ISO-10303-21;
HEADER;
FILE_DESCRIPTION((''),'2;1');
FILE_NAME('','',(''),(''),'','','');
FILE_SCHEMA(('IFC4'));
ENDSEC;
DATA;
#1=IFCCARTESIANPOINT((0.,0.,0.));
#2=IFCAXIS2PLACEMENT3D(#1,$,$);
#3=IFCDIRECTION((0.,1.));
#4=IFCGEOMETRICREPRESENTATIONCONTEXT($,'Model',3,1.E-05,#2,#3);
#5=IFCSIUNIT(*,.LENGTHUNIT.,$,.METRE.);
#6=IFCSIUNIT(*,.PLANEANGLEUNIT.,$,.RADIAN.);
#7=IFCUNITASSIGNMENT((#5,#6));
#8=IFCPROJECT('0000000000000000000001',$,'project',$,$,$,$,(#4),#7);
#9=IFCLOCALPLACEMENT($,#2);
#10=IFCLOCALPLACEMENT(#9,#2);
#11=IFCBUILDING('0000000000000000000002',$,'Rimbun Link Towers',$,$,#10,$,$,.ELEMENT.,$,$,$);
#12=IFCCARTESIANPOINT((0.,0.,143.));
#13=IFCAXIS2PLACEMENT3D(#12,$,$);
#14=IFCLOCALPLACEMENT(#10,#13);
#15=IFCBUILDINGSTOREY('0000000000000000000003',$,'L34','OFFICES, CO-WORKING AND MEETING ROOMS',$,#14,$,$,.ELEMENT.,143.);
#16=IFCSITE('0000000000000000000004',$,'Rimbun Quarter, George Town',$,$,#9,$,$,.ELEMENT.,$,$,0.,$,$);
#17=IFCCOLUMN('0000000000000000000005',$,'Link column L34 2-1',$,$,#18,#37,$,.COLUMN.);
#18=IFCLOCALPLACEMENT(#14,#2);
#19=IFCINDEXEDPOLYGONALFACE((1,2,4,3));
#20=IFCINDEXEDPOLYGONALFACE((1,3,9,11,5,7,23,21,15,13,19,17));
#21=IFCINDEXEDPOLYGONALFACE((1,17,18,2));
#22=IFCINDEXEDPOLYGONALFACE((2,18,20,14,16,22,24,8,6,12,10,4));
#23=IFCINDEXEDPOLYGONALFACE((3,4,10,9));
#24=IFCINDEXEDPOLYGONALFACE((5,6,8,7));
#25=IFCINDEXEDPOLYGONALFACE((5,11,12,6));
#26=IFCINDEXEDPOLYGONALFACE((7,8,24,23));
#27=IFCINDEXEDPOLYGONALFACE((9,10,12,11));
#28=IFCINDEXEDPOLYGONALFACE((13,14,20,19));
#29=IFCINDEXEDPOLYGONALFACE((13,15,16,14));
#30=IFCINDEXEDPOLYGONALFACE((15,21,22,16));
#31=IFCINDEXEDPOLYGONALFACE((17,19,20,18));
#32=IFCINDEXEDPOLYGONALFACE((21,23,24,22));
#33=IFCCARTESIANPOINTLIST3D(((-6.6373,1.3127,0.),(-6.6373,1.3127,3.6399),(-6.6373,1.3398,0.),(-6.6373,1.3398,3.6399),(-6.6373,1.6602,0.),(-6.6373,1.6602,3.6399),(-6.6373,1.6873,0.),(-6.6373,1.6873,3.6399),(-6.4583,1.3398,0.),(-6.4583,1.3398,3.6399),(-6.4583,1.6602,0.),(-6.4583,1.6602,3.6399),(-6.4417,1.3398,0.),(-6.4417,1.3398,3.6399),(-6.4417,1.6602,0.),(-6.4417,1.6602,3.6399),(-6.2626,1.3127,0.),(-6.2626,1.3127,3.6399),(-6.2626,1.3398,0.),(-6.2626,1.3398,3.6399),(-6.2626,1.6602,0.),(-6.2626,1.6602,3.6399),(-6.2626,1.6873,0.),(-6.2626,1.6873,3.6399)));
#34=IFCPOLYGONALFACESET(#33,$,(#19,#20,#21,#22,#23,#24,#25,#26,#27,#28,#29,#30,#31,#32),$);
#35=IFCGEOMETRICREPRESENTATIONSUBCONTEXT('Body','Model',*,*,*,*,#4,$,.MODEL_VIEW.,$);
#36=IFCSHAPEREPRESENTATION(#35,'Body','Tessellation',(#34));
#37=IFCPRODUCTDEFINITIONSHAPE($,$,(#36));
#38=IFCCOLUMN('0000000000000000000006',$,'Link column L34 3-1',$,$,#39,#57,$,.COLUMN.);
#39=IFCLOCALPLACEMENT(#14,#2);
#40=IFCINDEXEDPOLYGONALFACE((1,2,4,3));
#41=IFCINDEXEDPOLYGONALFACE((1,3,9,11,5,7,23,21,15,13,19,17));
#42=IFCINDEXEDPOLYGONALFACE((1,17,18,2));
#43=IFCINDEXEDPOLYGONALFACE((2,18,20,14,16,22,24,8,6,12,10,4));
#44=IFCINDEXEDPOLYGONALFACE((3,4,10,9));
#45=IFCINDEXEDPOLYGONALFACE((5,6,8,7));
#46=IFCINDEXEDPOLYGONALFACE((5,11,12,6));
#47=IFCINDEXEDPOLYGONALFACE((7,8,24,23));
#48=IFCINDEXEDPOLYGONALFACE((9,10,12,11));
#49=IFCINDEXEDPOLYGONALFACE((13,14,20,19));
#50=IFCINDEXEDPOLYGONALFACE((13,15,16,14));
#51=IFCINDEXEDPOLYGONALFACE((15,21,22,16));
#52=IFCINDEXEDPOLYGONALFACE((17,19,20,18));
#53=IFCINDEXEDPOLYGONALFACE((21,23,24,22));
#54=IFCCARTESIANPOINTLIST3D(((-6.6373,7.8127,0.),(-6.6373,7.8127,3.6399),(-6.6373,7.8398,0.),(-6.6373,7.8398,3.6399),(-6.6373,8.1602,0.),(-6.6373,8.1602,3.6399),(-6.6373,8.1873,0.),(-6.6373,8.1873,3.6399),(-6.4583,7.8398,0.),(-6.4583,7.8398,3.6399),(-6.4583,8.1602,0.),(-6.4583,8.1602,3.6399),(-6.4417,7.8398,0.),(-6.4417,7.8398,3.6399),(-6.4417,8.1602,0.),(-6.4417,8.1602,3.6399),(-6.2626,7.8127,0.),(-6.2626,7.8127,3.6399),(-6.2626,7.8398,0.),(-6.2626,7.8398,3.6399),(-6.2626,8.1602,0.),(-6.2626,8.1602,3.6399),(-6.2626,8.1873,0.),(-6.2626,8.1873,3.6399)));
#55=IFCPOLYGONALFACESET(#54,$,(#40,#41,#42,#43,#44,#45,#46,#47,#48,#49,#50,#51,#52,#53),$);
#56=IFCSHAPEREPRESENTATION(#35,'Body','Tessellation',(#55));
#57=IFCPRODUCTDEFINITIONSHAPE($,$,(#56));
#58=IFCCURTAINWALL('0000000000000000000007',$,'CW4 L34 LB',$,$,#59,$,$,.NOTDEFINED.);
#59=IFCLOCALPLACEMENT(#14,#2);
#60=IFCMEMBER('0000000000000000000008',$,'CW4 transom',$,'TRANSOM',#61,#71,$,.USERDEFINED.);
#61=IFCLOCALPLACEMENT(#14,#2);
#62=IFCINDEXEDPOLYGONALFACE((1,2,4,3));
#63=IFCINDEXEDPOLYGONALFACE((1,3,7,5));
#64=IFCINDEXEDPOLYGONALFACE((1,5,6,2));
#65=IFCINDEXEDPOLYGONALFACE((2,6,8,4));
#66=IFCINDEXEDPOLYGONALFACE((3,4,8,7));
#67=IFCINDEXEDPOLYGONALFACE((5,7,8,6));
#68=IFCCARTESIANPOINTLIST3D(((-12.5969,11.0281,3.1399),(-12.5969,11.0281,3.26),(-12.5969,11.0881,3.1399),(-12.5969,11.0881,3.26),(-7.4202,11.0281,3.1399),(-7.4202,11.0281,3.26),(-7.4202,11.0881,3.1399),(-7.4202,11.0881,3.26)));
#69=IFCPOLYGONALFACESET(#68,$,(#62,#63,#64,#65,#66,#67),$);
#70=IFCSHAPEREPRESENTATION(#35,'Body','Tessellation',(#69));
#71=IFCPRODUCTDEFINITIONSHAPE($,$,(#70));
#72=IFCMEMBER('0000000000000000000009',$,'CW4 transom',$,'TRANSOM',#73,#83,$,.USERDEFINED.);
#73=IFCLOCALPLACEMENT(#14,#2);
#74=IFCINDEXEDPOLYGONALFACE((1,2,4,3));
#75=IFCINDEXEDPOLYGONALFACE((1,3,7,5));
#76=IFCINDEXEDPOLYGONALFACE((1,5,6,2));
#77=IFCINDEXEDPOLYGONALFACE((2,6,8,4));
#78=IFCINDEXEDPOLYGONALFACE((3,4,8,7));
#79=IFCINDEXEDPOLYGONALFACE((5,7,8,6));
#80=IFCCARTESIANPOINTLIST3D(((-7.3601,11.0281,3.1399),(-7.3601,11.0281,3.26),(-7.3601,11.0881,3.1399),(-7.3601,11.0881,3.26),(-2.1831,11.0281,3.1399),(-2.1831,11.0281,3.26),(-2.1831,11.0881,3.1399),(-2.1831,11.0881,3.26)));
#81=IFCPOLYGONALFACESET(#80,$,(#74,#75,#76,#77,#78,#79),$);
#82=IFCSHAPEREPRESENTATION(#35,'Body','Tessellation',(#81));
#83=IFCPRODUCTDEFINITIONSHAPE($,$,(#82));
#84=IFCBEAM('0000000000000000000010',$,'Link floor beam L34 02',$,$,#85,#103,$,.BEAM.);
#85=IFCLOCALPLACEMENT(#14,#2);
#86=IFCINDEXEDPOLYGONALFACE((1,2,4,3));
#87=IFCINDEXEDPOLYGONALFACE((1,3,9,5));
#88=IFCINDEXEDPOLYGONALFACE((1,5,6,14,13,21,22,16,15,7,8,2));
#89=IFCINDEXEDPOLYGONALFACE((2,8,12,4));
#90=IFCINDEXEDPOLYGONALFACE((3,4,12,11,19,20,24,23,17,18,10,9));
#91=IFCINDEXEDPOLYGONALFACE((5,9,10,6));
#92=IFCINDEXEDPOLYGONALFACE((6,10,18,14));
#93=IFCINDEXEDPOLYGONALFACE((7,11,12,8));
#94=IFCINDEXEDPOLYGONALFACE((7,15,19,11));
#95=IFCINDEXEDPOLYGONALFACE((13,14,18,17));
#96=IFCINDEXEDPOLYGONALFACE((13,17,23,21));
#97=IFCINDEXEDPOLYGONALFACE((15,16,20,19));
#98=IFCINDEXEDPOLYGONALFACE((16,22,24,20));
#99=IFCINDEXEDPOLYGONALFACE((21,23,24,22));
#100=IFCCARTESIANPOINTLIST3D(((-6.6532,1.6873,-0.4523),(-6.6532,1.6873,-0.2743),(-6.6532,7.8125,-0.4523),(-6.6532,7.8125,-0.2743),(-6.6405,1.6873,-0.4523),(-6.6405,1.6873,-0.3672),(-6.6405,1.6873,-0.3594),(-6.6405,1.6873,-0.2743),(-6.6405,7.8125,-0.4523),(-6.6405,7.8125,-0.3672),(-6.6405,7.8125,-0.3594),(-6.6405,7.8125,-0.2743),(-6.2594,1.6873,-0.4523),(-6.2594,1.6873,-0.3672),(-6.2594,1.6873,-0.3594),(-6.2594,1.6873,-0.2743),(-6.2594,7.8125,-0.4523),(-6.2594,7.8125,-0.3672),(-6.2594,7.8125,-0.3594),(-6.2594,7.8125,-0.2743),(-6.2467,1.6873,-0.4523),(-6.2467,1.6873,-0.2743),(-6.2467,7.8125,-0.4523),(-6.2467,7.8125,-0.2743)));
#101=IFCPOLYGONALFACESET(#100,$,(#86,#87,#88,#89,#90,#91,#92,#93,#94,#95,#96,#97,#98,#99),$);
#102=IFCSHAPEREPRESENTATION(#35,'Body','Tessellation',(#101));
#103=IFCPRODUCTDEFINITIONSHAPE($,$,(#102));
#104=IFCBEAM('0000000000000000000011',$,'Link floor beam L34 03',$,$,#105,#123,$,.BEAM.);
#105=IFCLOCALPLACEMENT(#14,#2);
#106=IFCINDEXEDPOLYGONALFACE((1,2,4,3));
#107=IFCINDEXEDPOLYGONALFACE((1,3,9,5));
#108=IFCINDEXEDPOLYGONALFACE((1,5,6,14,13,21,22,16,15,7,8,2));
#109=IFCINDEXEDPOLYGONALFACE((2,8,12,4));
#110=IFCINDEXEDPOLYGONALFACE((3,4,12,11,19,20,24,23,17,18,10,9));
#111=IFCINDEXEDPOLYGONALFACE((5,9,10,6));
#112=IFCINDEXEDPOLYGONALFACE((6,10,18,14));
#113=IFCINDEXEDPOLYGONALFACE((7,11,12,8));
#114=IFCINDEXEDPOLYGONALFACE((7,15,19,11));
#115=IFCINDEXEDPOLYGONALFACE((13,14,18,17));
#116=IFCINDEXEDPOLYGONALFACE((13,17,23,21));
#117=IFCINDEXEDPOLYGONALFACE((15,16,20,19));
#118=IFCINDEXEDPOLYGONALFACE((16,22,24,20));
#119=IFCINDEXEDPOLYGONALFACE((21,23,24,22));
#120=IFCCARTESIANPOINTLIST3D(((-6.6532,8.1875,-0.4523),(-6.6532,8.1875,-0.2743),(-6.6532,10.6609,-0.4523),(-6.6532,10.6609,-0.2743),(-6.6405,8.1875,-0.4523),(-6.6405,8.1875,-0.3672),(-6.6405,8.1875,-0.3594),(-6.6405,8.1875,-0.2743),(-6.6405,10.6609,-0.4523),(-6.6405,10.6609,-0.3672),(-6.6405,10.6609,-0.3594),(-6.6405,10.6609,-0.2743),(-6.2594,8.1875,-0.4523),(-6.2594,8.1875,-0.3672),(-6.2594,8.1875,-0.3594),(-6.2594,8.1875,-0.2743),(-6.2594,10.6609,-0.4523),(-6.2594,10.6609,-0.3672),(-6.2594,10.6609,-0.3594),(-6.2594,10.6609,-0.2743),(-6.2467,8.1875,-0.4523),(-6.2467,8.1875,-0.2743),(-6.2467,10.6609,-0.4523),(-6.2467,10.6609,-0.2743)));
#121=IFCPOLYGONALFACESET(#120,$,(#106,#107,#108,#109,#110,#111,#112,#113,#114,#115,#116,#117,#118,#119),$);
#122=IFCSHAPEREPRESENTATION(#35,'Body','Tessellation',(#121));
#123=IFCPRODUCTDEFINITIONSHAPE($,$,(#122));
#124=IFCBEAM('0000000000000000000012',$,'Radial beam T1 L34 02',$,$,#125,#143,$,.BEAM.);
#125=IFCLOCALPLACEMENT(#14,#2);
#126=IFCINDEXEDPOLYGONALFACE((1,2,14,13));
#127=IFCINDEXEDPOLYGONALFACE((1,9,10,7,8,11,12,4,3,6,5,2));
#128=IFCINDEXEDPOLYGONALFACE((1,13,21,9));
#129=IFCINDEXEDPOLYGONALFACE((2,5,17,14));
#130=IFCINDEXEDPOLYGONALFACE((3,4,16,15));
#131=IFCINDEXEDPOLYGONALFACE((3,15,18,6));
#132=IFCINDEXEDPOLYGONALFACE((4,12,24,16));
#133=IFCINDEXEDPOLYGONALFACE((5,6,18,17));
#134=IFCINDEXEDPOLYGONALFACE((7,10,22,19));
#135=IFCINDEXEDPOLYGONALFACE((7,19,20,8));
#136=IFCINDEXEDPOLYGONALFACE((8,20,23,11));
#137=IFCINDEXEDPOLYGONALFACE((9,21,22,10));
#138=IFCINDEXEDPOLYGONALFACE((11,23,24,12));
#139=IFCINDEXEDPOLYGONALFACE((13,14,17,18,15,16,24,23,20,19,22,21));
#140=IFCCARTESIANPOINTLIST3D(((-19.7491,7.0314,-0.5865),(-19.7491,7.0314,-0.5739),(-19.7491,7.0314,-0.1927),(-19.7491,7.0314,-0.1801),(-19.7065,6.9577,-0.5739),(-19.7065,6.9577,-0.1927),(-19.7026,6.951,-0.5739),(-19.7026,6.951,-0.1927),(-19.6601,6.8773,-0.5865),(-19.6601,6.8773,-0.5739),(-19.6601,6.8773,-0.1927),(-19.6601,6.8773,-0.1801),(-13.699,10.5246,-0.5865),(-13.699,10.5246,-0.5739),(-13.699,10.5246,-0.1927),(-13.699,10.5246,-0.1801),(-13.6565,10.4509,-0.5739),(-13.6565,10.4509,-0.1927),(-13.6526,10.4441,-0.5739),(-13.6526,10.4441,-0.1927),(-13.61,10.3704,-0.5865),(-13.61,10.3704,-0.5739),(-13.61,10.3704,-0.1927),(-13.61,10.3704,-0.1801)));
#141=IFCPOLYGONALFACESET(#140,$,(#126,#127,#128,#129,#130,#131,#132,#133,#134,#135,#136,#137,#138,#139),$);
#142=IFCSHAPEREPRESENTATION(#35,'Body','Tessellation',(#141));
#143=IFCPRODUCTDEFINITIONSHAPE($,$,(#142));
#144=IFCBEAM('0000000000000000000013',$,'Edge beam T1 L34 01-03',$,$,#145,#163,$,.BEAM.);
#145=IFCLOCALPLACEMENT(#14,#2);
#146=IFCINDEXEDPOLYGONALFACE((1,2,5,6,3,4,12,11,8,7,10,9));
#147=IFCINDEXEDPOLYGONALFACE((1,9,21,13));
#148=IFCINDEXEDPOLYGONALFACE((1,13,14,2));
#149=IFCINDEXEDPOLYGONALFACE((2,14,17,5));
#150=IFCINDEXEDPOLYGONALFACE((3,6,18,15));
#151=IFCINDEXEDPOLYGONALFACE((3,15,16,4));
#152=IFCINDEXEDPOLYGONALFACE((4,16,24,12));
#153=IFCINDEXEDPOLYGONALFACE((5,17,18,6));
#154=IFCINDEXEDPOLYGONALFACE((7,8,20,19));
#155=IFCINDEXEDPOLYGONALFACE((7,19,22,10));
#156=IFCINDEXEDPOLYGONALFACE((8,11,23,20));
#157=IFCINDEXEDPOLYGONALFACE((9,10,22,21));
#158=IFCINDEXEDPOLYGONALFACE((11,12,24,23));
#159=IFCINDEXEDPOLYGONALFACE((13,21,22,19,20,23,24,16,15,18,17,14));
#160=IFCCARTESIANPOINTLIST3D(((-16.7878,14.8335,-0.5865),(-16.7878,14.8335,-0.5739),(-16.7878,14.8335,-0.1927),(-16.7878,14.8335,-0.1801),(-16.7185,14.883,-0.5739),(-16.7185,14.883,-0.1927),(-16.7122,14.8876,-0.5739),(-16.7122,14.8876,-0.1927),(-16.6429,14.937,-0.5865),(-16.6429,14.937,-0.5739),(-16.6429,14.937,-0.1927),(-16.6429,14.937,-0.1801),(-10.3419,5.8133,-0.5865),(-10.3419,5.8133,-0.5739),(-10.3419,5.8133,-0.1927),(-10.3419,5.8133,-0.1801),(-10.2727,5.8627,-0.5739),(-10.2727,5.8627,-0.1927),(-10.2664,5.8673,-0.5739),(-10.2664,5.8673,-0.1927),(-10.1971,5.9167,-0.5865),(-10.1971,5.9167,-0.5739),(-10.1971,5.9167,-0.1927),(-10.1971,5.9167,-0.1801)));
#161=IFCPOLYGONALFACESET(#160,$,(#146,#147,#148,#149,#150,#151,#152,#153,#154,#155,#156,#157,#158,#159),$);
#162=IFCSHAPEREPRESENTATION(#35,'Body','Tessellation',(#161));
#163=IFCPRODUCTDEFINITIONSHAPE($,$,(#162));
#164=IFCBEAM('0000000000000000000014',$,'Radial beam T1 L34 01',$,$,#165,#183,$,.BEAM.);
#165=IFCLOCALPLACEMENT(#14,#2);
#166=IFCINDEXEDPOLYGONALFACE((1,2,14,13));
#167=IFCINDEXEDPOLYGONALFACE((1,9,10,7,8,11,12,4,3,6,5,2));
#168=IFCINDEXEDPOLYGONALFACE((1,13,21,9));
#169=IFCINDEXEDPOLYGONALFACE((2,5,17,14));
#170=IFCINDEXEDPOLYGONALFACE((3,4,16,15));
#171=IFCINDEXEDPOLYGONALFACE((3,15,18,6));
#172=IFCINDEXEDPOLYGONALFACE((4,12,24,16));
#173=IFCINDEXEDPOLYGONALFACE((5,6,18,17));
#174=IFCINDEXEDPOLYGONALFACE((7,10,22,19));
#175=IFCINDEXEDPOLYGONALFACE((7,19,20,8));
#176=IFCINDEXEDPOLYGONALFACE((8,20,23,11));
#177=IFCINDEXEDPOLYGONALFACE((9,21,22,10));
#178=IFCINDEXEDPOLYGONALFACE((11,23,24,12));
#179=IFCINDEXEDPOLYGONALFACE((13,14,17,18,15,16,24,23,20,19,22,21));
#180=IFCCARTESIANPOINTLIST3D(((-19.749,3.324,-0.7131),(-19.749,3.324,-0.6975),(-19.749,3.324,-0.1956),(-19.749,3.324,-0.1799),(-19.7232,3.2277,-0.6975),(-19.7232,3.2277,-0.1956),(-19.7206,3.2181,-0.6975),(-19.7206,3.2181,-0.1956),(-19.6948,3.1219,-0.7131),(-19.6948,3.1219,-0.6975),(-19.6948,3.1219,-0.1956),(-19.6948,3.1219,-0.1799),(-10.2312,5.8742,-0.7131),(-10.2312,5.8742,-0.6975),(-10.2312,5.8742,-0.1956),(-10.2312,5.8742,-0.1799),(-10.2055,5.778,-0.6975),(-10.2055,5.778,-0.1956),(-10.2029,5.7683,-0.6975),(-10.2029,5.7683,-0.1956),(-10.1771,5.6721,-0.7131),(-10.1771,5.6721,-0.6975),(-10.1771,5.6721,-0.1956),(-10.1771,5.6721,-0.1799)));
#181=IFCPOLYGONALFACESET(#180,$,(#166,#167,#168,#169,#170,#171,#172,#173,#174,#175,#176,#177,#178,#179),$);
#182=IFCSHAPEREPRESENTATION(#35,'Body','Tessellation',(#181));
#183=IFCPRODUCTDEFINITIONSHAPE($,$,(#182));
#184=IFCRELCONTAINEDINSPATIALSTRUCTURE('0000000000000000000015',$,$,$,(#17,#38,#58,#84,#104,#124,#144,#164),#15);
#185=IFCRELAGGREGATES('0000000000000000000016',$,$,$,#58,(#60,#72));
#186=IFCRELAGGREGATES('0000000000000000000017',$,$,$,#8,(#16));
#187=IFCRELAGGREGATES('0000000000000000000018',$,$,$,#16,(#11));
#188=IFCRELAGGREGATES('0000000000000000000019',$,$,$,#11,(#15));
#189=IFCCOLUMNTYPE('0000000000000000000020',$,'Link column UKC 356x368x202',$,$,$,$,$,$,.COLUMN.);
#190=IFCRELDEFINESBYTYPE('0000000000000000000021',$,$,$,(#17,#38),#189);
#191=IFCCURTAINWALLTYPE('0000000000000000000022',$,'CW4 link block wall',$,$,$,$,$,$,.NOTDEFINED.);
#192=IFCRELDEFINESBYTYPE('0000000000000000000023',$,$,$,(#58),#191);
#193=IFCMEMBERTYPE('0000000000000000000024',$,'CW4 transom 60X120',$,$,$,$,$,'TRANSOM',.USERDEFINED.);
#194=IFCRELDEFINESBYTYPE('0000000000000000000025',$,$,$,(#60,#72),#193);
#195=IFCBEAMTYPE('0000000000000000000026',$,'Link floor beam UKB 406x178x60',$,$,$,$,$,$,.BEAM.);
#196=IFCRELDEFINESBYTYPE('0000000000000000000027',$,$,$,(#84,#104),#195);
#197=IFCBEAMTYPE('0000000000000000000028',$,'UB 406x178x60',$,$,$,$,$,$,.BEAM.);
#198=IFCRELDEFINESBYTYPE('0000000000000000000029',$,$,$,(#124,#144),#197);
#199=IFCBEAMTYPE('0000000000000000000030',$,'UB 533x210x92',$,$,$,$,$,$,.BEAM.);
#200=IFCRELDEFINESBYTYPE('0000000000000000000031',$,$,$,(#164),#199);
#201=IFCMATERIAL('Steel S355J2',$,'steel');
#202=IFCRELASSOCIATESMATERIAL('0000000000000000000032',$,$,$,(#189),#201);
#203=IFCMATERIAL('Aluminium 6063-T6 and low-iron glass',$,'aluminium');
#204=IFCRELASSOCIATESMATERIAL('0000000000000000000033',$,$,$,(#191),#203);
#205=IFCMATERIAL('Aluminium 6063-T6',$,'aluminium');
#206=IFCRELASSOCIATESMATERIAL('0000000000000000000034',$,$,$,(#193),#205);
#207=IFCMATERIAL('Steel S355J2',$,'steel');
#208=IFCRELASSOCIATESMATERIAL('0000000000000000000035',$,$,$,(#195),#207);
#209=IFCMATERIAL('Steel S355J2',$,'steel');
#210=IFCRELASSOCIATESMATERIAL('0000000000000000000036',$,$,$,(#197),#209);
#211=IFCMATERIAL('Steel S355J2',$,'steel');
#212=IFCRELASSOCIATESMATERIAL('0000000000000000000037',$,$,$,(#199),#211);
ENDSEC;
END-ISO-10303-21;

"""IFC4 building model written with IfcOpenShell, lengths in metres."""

from ifc_helpers import new_model, si_unit, direction, frame, origin, origin_2d, place, context, subcontext, project, spatial, rectangle, i_section, extrude, material, material_profile, profile_set, type_object, element, aggregate, save


model = new_model("IFC4")

# Units and contexts
model_context = context("Model", 3, precision=1e-05, world=origin(), true_north=direction((0.0, 1.0)))
body_context = subcontext(model_context, "Body", "Model", "MODEL_VIEW")
ifc_project = project(units=[si_unit("LENGTHUNIT", "METRE"), si_unit("PLANEANGLEUNIT", "RADIAN")], contexts=[model_context])

# Site, building, storey
site_placement = place(None, origin())
site = spatial("IfcSite", under=ifc_project, at=site_placement, Name="Rimbun Quarter, George Town", CompositionType="ELEMENT", RefElevation=0.0)
building_placement = place(site_placement, origin())
building = spatial("IfcBuilding", under=site, at=building_placement, Name="Rimbun Link Towers", CompositionType="ELEMENT")
storey_placement = place(building_placement, frame((0.0, 0.0, 143.0)))
storey = spatial("IfcBuildingStorey", under=building, at=storey_placement, Name="L34", Description="OFFICES, CO-WORKING AND MEETING ROOMS", CompositionType="ELEMENT", Elevation=143.0)

# Columns
ifc_material_1 = material(Name="Steel S355J2", Category="steel")
ifc_material_profile_1 = material_profile(ifc_material_1, i_section(OverallWidth=0.3748, OverallDepth=0.3745, WebThickness=0.0166, FlangeThickness=0.0271, at=origin_2d()), Name="UKC 356x368x202")
ifc_profile_set_1 = profile_set([ifc_material_profile_1], Name="Steel S355J2")
column_type = type_object("IfcColumnType", Name="Link column UKC 356x368x202", PredefinedType="COLUMN", material=ifc_profile_set_1)
for number, where, z_axis, x_axis, name in (
    (1, (-6.45, 1.5, 0.0), (0.0, 0.0, 1.0), (1.0, 0.0, 0.0), "Link column L34 2-1"),
    (2, (-6.45, 8.0, 0.0), (0.0, 0.0, 1.0), (1.0, 0.0, 0.0), "Link column L34 3-1"),
):
    element("IfcColumn", number, at=place(storey_placement, frame(where, z_axis=z_axis, x_axis=x_axis)), inside=storey, type_object=column_type, Name=name, PredefinedType="COLUMN", context=body_context, shape_type="SweptSolid", body=[
        extrude(i_section(OverallWidth=0.3748, OverallDepth=0.3745, WebThickness=0.0166, FlangeThickness=0.0271, at=origin_2d()), origin(), (0.0, 0.0, 1.0), 3.6399),
    ])

# Curtain wall, members
ifc_material_2 = material(Name="Aluminium 6063-T6 and low-iron glass", Category="aluminium")
curtain_wall_type = type_object("IfcCurtainWallType", Name="CW4 link block wall", PredefinedType="NOTDEFINED", material=ifc_material_2)
curtain_wall_placement = place(storey_placement, origin())
curtain_wall = element("IfcCurtainWall", 3, at=curtain_wall_placement, inside=storey, type_object=curtain_wall_type, Name="CW4 L34 LB", PredefinedType="NOTDEFINED")
ifc_material_3 = material(Name="Aluminium 6063-T6", Category="aluminium")
ifc_material_profile_2 = material_profile(ifc_material_3, rectangle(XDim=0.0601, YDim=0.1201, at=origin_2d()), Name="TRANSOM 60X120")
ifc_profile_set_2 = profile_set([ifc_material_profile_2], Name="Aluminium 6063-T6")
member_type_1 = type_object("IfcMemberType", Name="CW4 transom 60X120", ElementType="TRANSOM", PredefinedType="USERDEFINED", material=ifc_profile_set_2)
member_1_placement = place(storey_placement, frame((-12.5969, 11.0581, 3.2), z_axis=(1.0, 0.0, 0.0), x_axis=(0.0, 1.0, 0.0)))
member_1 = element("IfcMember", 4, at=member_1_placement, type_object=member_type_1, Name="CW4 transom", ObjectType="TRANSOM", PredefinedType="USERDEFINED", context=body_context, shape_type="SweptSolid", body=[
    extrude(rectangle(XDim=0.0601, YDim=0.1201, at=origin_2d()), origin(), (0.0, 0.0, 1.0), 5.1768),
])
member_2_placement = place(storey_placement, frame((-7.3601, 11.0581, 3.2), z_axis=(1.0, 0.0, 0.0), x_axis=(0.0, 1.0, 0.0)))
member_2 = element("IfcMember", 5, at=member_2_placement, type_object=member_type_1, Name="CW4 transom", ObjectType="TRANSOM", PredefinedType="USERDEFINED", context=body_context, shape_type="SweptSolid", body=[
    extrude(rectangle(XDim=0.0601, YDim=0.1201, at=origin_2d()), origin(), (0.0, 0.0, 1.0), 5.177),
])

# Beams
ifc_material_4 = material(Name="Steel S355J2", Category="steel")
ifc_material_profile_3 = material_profile(ifc_material_4, i_section(OverallWidth=0.178, OverallDepth=0.4065, WebThickness=0.0078, FlangeThickness=0.0127, at=origin_2d()), Name="UKB 406x178x60")
ifc_profile_set_3 = profile_set([ifc_material_profile_3], Name="Steel S355J2")
beam_type_1 = type_object("IfcBeamType", Name="Link floor beam UKB 406x178x60", PredefinedType="BEAM", material=ifc_profile_set_3)
beam_1_placement = place(storey_placement, frame((-6.45, 1.6873, -0.3633), z_axis=(0.0, 1.0, 0.0), x_axis=(0.0, 0.0, 1.0)))
element("IfcBeam", 6, at=beam_1_placement, inside=storey, type_object=beam_type_1, Name="Link floor beam L34 02", PredefinedType="BEAM", context=body_context, shape_type="SweptSolid", body=[
    extrude(i_section(OverallWidth=0.178, OverallDepth=0.4065, WebThickness=0.0078, FlangeThickness=0.0127, at=origin_2d()), origin(), (0.0, 0.0, 1.0), 6.1252),
])
beam_2_placement = place(storey_placement, frame((-6.45, 8.1875, -0.3633), z_axis=(0.0, 1.0, 0.0), x_axis=(0.0, 0.0, 1.0)))
element("IfcBeam", 7, at=beam_2_placement, inside=storey, type_object=beam_type_1, Name="Link floor beam L34 03", PredefinedType="BEAM", context=body_context, shape_type="SweptSolid", body=[
    extrude(i_section(OverallWidth=0.178, OverallDepth=0.4065, WebThickness=0.0078, FlangeThickness=0.0127, at=origin_2d()), origin(), (0.0, 0.0, 1.0), 2.4734),
])
ifc_material_5 = material(Name="Steel S355J2", Category="steel")
ifc_material_profile_4 = material_profile(ifc_material_5, i_section(OverallWidth=0.178, OverallDepth=0.4065, WebThickness=0.0078, FlangeThickness=0.0127, at=origin_2d()), Name="UB 406x178x60")
ifc_profile_set_4 = profile_set([ifc_material_profile_4], Name="Steel S355J2")
beam_type_2 = type_object("IfcBeamType", Name="UB 406x178x60", PredefinedType="BEAM", material=ifc_profile_set_4)
beam_3_placement = place(storey_placement, frame((-19.7046, 6.9543, -0.3833), z_axis=(0.866015, 0.500018, 0.0), x_axis=(-0.500018, 0.866015, 0.0)))
element("IfcBeam", 8, at=beam_3_placement, inside=storey, type_object=beam_type_2, Name="Radial beam T1 L34 02", PredefinedType="BEAM", context=body_context, shape_type="SweptSolid", body=[
    extrude(i_section(OverallWidth=0.178, OverallDepth=0.4065, WebThickness=0.0078, FlangeThickness=0.0127, at=origin_2d()), origin(), (0.0, 0.0, 1.0), 6.9861),
])
beam_4_placement = place(storey_placement, frame((-10.2695, 5.865, -0.3833), z_axis=(-0.581403, 0.813616, 0.0), x_axis=(-0.813616, -0.581403, 0.0)))
element("IfcBeam", 9, at=beam_4_placement, inside=storey, type_object=beam_type_2, Name="Edge beam T1 L34 01-03", PredefinedType="BEAM", context=body_context, shape_type="SweptSolid", body=[
    extrude(i_section(OverallWidth=0.178, OverallDepth=0.4065, WebThickness=0.0078, FlangeThickness=0.0127, at=origin_2d()), origin(), (0.0, 0.0, 1.0), 11.0867),
])
ifc_material_6 = material(Name="Steel S355J2", Category="steel")
ifc_material_profile_5 = material_profile(ifc_material_6, i_section(OverallWidth=0.2092, OverallDepth=0.5332, WebThickness=0.01, FlangeThickness=0.0156, at=origin_2d()), Name="UB 533x210x92")
ifc_profile_set_5 = profile_set([ifc_material_profile_5], Name="Steel S355J2")
beam_type_3 = type_object("IfcBeamType", Name="UB 533x210x92", PredefinedType="BEAM", material=ifc_profile_set_5)
beam_5_placement = place(storey_placement, frame((-19.7219, 3.2229, -0.4465), z_axis=(0.965926, 0.258819, 0.0), x_axis=(-0.258819, 0.965926, 0.0)))
element("IfcBeam", 10, at=beam_5_placement, inside=storey, type_object=beam_type_3, Name="Radial beam T1 L34 01", PredefinedType="BEAM", context=body_context, shape_type="SweptSolid", body=[
    extrude(i_section(OverallWidth=0.2092, OverallDepth=0.5332, WebThickness=0.01, FlangeThickness=0.0156, at=origin_2d()), origin(), (0.0, 0.0, 1.0), 9.8535),
])

aggregate(curtain_wall, [member_1, member_2])

save(model, "model.ifc")
